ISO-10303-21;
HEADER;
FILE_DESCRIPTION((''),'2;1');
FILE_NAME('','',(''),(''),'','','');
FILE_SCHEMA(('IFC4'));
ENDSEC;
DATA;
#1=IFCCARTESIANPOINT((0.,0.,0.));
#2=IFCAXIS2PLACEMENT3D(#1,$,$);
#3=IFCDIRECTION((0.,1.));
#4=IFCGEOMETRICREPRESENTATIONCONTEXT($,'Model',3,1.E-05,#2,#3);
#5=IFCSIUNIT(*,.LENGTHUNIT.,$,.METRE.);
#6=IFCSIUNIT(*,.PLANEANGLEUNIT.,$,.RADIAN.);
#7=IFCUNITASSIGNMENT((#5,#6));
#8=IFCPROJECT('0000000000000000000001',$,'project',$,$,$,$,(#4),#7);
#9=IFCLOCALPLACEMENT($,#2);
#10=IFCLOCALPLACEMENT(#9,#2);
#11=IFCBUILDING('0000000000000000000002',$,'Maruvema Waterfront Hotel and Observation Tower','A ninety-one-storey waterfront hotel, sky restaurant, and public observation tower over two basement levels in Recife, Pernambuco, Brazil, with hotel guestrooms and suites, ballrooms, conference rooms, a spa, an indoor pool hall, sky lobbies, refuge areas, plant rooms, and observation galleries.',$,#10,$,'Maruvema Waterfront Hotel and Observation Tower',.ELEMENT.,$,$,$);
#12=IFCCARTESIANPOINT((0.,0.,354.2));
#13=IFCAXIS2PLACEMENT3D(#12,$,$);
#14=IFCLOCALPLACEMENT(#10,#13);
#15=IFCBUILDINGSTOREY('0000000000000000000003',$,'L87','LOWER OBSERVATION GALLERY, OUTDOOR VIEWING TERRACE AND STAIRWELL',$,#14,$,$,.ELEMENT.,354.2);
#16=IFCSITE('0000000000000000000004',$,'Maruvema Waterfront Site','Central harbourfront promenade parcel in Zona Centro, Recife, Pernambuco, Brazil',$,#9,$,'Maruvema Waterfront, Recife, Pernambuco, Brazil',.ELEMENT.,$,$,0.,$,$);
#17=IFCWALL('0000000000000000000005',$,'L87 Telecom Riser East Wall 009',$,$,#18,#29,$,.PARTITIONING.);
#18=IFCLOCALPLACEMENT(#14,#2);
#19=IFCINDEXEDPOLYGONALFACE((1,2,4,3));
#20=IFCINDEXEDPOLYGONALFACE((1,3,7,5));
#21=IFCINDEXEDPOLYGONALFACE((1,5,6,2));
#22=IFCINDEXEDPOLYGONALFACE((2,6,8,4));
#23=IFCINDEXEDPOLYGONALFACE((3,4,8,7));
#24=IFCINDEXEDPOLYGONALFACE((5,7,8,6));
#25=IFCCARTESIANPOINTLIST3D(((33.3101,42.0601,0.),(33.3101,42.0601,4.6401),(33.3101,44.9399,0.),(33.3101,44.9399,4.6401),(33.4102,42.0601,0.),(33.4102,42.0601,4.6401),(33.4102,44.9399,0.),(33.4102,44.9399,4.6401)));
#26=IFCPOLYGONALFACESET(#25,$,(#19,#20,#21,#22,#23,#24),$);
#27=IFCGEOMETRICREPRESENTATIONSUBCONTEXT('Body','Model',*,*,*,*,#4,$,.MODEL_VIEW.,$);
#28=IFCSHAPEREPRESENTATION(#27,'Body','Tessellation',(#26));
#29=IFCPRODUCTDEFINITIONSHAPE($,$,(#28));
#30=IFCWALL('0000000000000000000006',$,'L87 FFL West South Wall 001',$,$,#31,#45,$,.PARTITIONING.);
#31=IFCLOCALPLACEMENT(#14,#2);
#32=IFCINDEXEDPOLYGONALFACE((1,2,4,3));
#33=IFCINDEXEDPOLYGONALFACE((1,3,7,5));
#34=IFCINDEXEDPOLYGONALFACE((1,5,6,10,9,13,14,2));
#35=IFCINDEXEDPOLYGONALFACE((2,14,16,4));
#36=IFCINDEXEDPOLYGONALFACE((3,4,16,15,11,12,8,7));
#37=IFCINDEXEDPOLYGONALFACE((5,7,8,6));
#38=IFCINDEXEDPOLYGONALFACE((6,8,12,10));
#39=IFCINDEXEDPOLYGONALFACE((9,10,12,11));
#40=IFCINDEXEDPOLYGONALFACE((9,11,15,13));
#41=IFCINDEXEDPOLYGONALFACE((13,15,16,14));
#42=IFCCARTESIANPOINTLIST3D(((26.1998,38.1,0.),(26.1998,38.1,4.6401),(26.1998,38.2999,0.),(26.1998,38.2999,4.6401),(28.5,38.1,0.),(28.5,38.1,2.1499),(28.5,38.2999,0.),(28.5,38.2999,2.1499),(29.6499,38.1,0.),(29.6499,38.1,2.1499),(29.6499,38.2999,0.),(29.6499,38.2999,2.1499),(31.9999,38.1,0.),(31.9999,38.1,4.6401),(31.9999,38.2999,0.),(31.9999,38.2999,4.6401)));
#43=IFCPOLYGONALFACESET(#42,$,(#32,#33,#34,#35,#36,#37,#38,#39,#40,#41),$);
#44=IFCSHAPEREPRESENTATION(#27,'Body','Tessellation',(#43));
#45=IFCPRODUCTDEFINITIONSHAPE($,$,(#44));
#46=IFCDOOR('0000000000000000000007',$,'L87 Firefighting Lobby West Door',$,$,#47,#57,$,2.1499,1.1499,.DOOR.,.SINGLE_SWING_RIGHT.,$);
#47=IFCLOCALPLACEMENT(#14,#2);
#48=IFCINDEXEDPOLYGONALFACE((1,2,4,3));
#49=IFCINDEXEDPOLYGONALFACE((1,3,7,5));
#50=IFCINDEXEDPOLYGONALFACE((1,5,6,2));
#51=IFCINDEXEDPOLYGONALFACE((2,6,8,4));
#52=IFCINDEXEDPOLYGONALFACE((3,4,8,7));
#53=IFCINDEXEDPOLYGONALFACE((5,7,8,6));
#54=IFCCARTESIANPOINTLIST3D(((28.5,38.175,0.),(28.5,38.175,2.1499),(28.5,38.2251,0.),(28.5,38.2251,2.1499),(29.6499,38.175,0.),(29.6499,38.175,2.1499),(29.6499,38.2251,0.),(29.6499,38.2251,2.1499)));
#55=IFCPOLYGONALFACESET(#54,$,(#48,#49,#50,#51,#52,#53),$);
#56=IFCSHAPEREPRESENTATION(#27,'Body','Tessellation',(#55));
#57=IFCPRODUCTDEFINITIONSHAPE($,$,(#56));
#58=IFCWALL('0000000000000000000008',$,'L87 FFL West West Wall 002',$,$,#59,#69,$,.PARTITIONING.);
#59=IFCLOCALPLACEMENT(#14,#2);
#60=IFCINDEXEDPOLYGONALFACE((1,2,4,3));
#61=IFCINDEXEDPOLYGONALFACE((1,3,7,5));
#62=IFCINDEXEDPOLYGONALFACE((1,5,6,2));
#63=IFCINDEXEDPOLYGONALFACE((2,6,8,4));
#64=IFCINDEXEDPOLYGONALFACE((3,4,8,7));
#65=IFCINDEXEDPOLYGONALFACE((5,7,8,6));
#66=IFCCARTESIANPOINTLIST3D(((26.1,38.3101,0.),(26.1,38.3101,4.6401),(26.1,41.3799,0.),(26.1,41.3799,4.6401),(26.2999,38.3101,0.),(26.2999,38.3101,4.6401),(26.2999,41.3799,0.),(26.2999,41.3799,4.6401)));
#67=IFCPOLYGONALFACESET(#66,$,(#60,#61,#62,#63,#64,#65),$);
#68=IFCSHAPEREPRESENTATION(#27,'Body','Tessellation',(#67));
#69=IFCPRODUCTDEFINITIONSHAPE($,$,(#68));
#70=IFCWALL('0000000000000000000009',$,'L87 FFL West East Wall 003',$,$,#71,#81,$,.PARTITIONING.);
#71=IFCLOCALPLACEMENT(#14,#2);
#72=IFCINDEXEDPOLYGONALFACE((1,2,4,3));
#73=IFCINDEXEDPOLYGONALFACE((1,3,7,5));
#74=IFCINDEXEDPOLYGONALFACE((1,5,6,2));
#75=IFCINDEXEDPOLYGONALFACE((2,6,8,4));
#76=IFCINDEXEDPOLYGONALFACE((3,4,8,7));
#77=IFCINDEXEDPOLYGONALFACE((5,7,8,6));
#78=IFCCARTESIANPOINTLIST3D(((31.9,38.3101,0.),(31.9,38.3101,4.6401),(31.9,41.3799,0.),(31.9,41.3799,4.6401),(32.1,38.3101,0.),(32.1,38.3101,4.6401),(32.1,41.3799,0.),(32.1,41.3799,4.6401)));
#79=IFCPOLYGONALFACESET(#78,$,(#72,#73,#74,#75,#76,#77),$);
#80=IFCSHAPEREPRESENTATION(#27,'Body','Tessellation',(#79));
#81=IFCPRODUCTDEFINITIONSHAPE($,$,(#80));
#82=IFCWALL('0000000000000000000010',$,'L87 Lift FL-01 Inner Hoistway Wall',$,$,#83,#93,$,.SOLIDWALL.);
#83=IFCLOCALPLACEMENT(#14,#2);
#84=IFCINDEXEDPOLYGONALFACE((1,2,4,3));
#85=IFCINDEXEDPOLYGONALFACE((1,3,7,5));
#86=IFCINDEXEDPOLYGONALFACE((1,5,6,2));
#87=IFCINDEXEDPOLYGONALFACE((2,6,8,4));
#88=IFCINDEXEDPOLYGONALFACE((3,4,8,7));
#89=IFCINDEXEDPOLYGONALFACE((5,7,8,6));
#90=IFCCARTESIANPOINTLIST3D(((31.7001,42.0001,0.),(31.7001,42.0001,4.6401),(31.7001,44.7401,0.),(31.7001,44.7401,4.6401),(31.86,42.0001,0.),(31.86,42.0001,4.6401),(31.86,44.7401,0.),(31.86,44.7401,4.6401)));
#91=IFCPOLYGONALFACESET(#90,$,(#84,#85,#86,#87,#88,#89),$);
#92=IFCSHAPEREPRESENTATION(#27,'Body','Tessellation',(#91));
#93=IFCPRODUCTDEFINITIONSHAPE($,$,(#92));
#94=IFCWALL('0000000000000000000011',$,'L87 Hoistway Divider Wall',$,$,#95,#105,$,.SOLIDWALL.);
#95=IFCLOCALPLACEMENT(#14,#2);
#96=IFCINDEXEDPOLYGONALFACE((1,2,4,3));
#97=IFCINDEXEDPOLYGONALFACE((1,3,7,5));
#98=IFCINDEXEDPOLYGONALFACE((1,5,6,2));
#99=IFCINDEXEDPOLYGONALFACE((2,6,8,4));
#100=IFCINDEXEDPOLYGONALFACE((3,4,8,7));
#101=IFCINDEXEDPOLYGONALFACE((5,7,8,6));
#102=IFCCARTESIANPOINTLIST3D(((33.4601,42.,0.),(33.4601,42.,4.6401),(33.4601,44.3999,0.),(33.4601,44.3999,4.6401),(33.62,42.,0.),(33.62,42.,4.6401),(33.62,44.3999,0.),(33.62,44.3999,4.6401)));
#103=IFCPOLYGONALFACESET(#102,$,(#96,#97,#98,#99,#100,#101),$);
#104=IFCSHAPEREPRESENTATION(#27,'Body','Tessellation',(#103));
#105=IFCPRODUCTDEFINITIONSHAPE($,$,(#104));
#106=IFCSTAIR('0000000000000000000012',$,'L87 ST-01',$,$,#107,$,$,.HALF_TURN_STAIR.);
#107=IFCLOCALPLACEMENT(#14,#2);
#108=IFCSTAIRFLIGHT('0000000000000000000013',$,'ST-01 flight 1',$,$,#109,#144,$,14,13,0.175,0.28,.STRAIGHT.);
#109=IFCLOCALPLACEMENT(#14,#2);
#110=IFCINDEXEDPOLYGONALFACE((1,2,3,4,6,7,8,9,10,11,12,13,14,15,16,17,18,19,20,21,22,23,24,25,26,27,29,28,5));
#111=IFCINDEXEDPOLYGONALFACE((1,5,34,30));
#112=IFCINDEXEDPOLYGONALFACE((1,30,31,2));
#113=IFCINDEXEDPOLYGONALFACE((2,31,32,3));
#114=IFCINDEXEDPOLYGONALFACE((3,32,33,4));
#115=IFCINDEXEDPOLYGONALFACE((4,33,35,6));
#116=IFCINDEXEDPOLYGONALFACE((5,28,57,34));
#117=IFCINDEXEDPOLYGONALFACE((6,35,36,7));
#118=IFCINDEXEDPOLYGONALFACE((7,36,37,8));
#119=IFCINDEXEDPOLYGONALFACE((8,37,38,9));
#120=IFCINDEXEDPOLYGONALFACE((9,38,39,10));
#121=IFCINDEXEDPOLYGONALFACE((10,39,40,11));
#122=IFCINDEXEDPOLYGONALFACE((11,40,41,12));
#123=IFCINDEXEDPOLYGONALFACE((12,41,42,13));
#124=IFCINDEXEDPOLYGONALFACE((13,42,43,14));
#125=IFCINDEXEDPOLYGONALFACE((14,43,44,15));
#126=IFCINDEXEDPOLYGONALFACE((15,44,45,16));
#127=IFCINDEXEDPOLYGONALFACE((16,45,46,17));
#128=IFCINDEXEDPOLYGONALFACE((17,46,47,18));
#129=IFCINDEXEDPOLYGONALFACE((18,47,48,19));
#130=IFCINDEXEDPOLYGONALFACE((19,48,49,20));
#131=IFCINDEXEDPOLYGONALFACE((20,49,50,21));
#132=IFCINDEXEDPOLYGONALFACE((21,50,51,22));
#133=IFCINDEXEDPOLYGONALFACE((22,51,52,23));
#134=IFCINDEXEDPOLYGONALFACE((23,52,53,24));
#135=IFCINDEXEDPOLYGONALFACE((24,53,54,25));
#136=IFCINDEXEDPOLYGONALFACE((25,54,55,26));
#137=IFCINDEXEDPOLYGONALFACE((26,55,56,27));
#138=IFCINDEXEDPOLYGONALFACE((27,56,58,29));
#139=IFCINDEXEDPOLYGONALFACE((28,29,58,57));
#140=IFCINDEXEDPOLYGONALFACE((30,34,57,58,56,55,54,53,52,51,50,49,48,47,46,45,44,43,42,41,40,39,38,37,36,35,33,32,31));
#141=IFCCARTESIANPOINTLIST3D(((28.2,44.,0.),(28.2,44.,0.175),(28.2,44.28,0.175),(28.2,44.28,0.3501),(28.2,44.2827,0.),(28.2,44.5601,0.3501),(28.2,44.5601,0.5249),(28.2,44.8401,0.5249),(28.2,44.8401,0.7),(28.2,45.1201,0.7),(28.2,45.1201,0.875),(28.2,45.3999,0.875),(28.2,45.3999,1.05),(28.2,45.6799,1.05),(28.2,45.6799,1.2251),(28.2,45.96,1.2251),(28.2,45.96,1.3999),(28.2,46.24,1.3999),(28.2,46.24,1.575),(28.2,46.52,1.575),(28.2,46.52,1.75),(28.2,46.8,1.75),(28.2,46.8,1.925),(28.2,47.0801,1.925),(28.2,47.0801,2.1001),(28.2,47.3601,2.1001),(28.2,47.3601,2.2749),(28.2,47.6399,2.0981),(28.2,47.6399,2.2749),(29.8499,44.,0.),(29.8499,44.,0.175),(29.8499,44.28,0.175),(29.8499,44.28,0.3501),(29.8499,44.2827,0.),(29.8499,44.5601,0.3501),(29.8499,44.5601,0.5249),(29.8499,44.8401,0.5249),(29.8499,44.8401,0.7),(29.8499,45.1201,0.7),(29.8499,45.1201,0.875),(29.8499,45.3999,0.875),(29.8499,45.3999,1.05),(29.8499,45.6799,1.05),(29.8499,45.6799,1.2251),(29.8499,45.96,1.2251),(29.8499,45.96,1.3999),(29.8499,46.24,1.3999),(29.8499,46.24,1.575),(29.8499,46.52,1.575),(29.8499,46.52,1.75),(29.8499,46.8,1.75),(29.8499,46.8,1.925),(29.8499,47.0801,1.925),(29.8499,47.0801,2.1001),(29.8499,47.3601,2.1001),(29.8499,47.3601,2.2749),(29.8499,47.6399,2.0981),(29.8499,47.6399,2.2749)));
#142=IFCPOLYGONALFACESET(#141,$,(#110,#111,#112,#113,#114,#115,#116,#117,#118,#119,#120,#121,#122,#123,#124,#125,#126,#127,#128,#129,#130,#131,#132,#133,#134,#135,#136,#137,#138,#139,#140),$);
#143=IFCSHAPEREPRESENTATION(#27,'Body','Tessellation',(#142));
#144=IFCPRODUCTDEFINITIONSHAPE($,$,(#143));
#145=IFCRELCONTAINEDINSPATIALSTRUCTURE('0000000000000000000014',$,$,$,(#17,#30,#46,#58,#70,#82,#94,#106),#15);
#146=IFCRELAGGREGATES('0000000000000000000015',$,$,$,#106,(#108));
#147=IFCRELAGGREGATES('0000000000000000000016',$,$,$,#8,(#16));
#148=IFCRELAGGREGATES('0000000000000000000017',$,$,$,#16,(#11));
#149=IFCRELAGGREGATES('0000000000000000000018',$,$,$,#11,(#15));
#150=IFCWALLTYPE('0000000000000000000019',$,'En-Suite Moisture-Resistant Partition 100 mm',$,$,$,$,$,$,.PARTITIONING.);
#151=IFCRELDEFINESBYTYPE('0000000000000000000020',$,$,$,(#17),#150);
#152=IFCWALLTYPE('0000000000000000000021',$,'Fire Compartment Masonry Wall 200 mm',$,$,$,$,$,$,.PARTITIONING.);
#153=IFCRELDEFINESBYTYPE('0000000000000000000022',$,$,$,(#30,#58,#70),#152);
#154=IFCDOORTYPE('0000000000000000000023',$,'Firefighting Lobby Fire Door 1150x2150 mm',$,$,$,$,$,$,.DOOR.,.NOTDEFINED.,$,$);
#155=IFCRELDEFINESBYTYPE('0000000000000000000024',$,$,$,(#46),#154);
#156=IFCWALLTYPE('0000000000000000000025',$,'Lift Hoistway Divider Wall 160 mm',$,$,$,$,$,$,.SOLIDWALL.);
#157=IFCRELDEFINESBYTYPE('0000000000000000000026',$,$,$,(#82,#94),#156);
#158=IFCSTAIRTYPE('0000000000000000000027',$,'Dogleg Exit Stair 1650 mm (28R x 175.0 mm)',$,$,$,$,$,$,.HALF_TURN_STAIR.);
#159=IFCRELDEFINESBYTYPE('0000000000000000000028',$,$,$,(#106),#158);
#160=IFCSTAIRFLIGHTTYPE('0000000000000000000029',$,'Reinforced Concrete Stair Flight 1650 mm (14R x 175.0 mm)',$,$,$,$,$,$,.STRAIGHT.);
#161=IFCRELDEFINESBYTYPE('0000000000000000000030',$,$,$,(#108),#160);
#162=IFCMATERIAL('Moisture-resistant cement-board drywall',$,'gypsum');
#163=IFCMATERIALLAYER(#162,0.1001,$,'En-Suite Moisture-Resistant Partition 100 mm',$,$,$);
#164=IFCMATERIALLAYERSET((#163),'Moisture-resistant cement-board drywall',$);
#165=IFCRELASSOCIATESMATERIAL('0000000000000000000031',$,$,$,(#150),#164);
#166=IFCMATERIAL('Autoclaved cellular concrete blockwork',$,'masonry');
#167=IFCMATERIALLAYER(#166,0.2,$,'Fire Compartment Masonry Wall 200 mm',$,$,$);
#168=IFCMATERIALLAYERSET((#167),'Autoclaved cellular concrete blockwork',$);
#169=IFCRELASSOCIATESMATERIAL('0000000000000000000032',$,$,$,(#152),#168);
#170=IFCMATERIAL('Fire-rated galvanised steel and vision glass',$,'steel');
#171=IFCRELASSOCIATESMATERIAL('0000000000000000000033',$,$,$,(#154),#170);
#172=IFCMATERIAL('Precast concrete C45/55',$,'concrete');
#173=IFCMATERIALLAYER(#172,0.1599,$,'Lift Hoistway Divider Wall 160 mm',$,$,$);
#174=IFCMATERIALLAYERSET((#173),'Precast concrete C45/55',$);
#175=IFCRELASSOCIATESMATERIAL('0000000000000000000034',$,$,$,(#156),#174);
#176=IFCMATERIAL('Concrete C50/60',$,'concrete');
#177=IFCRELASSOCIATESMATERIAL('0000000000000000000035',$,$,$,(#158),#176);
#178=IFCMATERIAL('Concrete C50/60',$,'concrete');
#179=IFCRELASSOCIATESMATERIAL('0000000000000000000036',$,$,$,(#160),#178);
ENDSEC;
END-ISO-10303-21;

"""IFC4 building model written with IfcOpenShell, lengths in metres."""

from ifc_helpers import new_model, si_unit, direction, frame, frame_2d, origin, place, context, subcontext, project, spatial, polyline, rectangle, outline, extrude, material, layer, layer_set, type_object, element, fill, aggregate, save


model = new_model("IFC4")

# Units and contexts
model_context = context("Model", 3, precision=1e-05, world=origin(), true_north=direction((0.0, 1.0)))
body_context = subcontext(model_context, "Body", "Model", "MODEL_VIEW")
ifc_project = project(units=[si_unit("LENGTHUNIT", "METRE"), si_unit("PLANEANGLEUNIT", "RADIAN")], contexts=[model_context])

# Site, building, storey
site_placement = place(None, origin())
site = spatial("IfcSite", under=ifc_project, at=site_placement, Name="Maruvema Waterfront Site", Description="Central harbourfront promenade parcel in Zona Centro, Recife, Pernambuco, Brazil", LongName="Maruvema Waterfront, Recife, Pernambuco, Brazil", CompositionType="ELEMENT", RefElevation=0.0)
building_placement = place(site_placement, origin())
building = spatial("IfcBuilding", under=site, at=building_placement, Name="Maruvema Waterfront Hotel and Observation Tower", Description="A ninety-one-storey waterfront hotel, sky restaurant, and public observation tower over two basement levels in Recife, Pernambuco, Brazil, with hotel guestrooms and suites, ballrooms, conference rooms, a spa, an indoor pool hall, sky lobbies, refuge areas, plant rooms, and observation galleries.", LongName="Maruvema Waterfront Hotel and Observation Tower", CompositionType="ELEMENT")
storey_placement = place(building_placement, frame((0.0, 0.0, 354.2)))
storey = spatial("IfcBuildingStorey", under=building, at=storey_placement, Name="L87", Description="LOWER OBSERVATION GALLERY, OUTDOOR VIEWING TERRACE AND STAIRWELL", CompositionType="ELEMENT", Elevation=354.2)

# Shared definitions
ifc_material_1 = material(Name="Moisture-resistant cement-board drywall", Category="gypsum")
ifc_layer_1 = layer(ifc_material_1, 0.1001, Name="En-Suite Moisture-Resistant Partition 100 mm")
ifc_layer_set_1 = layer_set([ifc_layer_1], Name="Moisture-resistant cement-board drywall")
wall_type_1 = type_object("IfcWallType", Name="En-Suite Moisture-Resistant Partition 100 mm", PredefinedType="PARTITIONING", material=ifc_layer_set_1)

# Wall
wall_1_placement = place(storey_placement, frame((33.3601, 42.0601, 0.0), z_axis=(0.0, 0.0, 1.0), x_axis=(0.0, 1.0, 0.0)))
element("IfcWall", 1, at=wall_1_placement, inside=storey, type_object=wall_type_1, Name="L87 Telecom Riser East Wall 009", PredefinedType="PARTITIONING", context=body_context, shape_type="SweptSolid", body=[
    extrude(rectangle(XDim=2.8799, YDim=0.1001, at=frame_2d((1.4399, 0.0))), origin(), (0.0, 0.0, 1.0), 4.6401),
])

# Wall, opening, door
ifc_material_2 = material(Name="Autoclaved cellular concrete blockwork", Category="masonry")
ifc_layer_2 = layer(ifc_material_2, 0.2, Name="Fire Compartment Masonry Wall 200 mm")
ifc_layer_set_2 = layer_set([ifc_layer_2], Name="Autoclaved cellular concrete blockwork")
wall_type_2 = type_object("IfcWallType", Name="Fire Compartment Masonry Wall 200 mm", PredefinedType="PARTITIONING", material=ifc_layer_set_2)
wall_2_placement = place(storey_placement, frame((26.2, 38.2, 0.0), z_axis=(0.0, 0.0, 1.0), x_axis=(1.0, 0.0, 0.0)))
wall_2 = element("IfcWall", 2, at=wall_2_placement, inside=storey, type_object=wall_type_2, Name="L87 FFL West South Wall 001", PredefinedType="PARTITIONING", context=body_context, shape_type="SweptSolid", body=[
    extrude(rectangle(XDim=5.8, YDim=0.2, at=frame_2d((2.8999, 0.0))), origin(), (0.0, 0.0, 1.0), 4.6401),
])
opening_1_placement = place(wall_2_placement, frame((2.3, 0.0, 0.0)))
opening_1 = element("IfcOpeningElement", 3, at=opening_1_placement, cuts=wall_2, PredefinedType="OPENING", context=body_context, shape_type="SweptSolid", body=[
    extrude(rectangle(XDim=1.1499, YDim=2.1499, at=frame_2d((0.575, 1.075))), frame((0.0, 0.1099, 0.0), z_axis=(0.0, -1.0, 0.0), x_axis=(1.0, 0.0, 0.0)), (0.0, 0.0, 1.0), 0.22),
])
ifc_material_3 = material(Name="Fire-rated galvanised steel and vision glass", Category="steel")
door_type_1 = type_object("IfcDoorType", Name="Firefighting Lobby Fire Door 1150x2150 mm", OperationType="NOTDEFINED", PredefinedType="DOOR", material=ifc_material_3)
door_1_placement = place(opening_1_placement, frame((1.1499, 0.0, 0.0), z_axis=(0.0, 0.0, 1.0), x_axis=(-1.0, 0.0, 0.0)))
door_1 = element("IfcDoor", 4, at=door_1_placement, inside=storey, type_object=door_type_1, Name="L87 Firefighting Lobby West Door", OperationType="SINGLE_SWING_RIGHT", OverallHeight=2.1499, OverallWidth=1.1499, PredefinedType="DOOR", context=body_context, shape_type="SweptSolid", body=[
    extrude(rectangle(XDim=1.1499, YDim=2.1499, at=frame_2d((0.575, 1.075))), frame((0.0, 0.0249, 0.0), z_axis=(0.0, -1.0, 0.0), x_axis=(1.0, 0.0, 0.0)), (0.0, 0.0, 1.0), 0.05),
])
fill(opening_1, door_1)

# Walls
for number, where, z_axis, x_axis, name in (
    (5, (26.2, 38.3101, 0.0), (0.0, 0.0, 1.0), (0.0, 1.0, 0.0), "L87 FFL West West Wall 002"),
    (6, (32.0, 38.3101, 0.0), (0.0, 0.0, 1.0), (0.0, 1.0, 0.0), "L87 FFL West East Wall 003"),
):
    element("IfcWall", number, at=place(storey_placement, frame(where, z_axis=z_axis, x_axis=x_axis)), inside=storey, type_object=wall_type_2, Name=name, PredefinedType="PARTITIONING", context=body_context, shape_type="SweptSolid", body=[
        extrude(rectangle(XDim=3.0698, YDim=0.2, at=frame_2d((1.5349, 0.0))), origin(), (0.0, 0.0, 1.0), 4.6401),
    ])
ifc_material_4 = material(Name="Precast concrete C45/55", Category="concrete")
ifc_layer_3 = layer(ifc_material_4, 0.1599, Name="Lift Hoistway Divider Wall 160 mm")
ifc_layer_set_3 = layer_set([ifc_layer_3], Name="Precast concrete C45/55")
wall_type_3 = type_object("IfcWallType", Name="Lift Hoistway Divider Wall 160 mm", PredefinedType="SOLIDWALL", material=ifc_layer_set_3)
wall_3_placement = place(storey_placement, frame((31.78, 42.0, 0.0), z_axis=(0.0, 0.0, 1.0), x_axis=(0.0, 1.0, 0.0)))
element("IfcWall", 7, at=wall_3_placement, inside=storey, type_object=wall_type_3, Name="L87 Lift FL-01 Inner Hoistway Wall", PredefinedType="SOLIDWALL", context=body_context, shape_type="SweptSolid", body=[
    extrude(rectangle(XDim=2.74, YDim=0.1599, at=frame_2d((1.3701, 0.0))), origin(), (0.0, 0.0, 1.0), 4.6401),
])
wall_4_placement = place(storey_placement, frame((33.54, 42.0, 0.0), z_axis=(0.0, 0.0, 1.0), x_axis=(0.0, 1.0, 0.0)))
element("IfcWall", 8, at=wall_4_placement, inside=storey, type_object=wall_type_3, Name="L87 Hoistway Divider Wall", PredefinedType="SOLIDWALL", context=body_context, shape_type="SweptSolid", body=[
    extrude(rectangle(XDim=2.3999, YDim=0.1599, at=frame_2d((1.2, 0.0))), origin(), (0.0, 0.0, 1.0), 4.6401),
])

# Stair, stair flight
ifc_material_5 = material(Name="Concrete C50/60", Category="concrete")
stair_type = type_object("IfcStairType", Name="Dogleg Exit Stair 1650 mm (28R x 175.0 mm)", PredefinedType="HALF_TURN_STAIR", material=ifc_material_5)
stair_placement = place(storey_placement, origin())
stair = element("IfcStair", 9, at=stair_placement, inside=storey, type_object=stair_type, Name="L87 ST-01", PredefinedType="HALF_TURN_STAIR")
ifc_material_6 = material(Name="Concrete C50/60", Category="concrete")
stair_flight_type = type_object("IfcStairFlightType", Name="Reinforced Concrete Stair Flight 1650 mm (14R x 175.0 mm)", PredefinedType="STRAIGHT", material=ifc_material_6)
stair_flight_placement = place(storey_placement, frame((29.0249, 44.0, 0.0), z_axis=(0.0, 0.0, 1.0), x_axis=(0.0, 1.0, 0.0)))
stair_flight = element("IfcStairFlight", 10, at=stair_flight_placement, type_object=stair_flight_type, Name="ST-01 flight 1", NumberOfRisers=14, NumberOfTreads=13, PredefinedType="STRAIGHT", RiserHeight=0.175, TreadLength=0.28, context=body_context, shape_type="SweptSolid", body=[
    extrude(outline(polyline([(0.0, 0.0), (0.0, 0.175), (0.28, 0.175), (0.28, 0.3501), (0.5601, 0.3501), (0.5601, 0.5249), (0.8401, 0.5249), (0.8401, 0.7), (1.1201, 0.7), (1.1201, 0.875), (1.3999, 0.875), (1.3999, 1.05), (1.6799, 1.05), (1.6799, 1.2251), (1.96, 1.2251), (1.96, 1.3999), (2.24, 1.3999), (2.24, 1.575), (2.52, 1.575), (2.52, 1.75), (2.8, 1.75), (2.8, 1.925), (3.0801, 1.925), (3.0801, 2.1001), (3.3601, 2.1001), (3.3601, 2.2749), (3.6399, 2.2749), (3.6399, 2.45), (3.6399, 2.0981), (0.2827, 0.0), (0.0, 0.0)])), frame((0.0, 0.825, 0.0), z_axis=(0.0, -1.0, 0.0), x_axis=(1.0, 0.0, 0.0)), (0.0, 0.0, 1.0), 1.6499),
])
aggregate(stair, [stair_flight])

save(model, "model.ifc")
